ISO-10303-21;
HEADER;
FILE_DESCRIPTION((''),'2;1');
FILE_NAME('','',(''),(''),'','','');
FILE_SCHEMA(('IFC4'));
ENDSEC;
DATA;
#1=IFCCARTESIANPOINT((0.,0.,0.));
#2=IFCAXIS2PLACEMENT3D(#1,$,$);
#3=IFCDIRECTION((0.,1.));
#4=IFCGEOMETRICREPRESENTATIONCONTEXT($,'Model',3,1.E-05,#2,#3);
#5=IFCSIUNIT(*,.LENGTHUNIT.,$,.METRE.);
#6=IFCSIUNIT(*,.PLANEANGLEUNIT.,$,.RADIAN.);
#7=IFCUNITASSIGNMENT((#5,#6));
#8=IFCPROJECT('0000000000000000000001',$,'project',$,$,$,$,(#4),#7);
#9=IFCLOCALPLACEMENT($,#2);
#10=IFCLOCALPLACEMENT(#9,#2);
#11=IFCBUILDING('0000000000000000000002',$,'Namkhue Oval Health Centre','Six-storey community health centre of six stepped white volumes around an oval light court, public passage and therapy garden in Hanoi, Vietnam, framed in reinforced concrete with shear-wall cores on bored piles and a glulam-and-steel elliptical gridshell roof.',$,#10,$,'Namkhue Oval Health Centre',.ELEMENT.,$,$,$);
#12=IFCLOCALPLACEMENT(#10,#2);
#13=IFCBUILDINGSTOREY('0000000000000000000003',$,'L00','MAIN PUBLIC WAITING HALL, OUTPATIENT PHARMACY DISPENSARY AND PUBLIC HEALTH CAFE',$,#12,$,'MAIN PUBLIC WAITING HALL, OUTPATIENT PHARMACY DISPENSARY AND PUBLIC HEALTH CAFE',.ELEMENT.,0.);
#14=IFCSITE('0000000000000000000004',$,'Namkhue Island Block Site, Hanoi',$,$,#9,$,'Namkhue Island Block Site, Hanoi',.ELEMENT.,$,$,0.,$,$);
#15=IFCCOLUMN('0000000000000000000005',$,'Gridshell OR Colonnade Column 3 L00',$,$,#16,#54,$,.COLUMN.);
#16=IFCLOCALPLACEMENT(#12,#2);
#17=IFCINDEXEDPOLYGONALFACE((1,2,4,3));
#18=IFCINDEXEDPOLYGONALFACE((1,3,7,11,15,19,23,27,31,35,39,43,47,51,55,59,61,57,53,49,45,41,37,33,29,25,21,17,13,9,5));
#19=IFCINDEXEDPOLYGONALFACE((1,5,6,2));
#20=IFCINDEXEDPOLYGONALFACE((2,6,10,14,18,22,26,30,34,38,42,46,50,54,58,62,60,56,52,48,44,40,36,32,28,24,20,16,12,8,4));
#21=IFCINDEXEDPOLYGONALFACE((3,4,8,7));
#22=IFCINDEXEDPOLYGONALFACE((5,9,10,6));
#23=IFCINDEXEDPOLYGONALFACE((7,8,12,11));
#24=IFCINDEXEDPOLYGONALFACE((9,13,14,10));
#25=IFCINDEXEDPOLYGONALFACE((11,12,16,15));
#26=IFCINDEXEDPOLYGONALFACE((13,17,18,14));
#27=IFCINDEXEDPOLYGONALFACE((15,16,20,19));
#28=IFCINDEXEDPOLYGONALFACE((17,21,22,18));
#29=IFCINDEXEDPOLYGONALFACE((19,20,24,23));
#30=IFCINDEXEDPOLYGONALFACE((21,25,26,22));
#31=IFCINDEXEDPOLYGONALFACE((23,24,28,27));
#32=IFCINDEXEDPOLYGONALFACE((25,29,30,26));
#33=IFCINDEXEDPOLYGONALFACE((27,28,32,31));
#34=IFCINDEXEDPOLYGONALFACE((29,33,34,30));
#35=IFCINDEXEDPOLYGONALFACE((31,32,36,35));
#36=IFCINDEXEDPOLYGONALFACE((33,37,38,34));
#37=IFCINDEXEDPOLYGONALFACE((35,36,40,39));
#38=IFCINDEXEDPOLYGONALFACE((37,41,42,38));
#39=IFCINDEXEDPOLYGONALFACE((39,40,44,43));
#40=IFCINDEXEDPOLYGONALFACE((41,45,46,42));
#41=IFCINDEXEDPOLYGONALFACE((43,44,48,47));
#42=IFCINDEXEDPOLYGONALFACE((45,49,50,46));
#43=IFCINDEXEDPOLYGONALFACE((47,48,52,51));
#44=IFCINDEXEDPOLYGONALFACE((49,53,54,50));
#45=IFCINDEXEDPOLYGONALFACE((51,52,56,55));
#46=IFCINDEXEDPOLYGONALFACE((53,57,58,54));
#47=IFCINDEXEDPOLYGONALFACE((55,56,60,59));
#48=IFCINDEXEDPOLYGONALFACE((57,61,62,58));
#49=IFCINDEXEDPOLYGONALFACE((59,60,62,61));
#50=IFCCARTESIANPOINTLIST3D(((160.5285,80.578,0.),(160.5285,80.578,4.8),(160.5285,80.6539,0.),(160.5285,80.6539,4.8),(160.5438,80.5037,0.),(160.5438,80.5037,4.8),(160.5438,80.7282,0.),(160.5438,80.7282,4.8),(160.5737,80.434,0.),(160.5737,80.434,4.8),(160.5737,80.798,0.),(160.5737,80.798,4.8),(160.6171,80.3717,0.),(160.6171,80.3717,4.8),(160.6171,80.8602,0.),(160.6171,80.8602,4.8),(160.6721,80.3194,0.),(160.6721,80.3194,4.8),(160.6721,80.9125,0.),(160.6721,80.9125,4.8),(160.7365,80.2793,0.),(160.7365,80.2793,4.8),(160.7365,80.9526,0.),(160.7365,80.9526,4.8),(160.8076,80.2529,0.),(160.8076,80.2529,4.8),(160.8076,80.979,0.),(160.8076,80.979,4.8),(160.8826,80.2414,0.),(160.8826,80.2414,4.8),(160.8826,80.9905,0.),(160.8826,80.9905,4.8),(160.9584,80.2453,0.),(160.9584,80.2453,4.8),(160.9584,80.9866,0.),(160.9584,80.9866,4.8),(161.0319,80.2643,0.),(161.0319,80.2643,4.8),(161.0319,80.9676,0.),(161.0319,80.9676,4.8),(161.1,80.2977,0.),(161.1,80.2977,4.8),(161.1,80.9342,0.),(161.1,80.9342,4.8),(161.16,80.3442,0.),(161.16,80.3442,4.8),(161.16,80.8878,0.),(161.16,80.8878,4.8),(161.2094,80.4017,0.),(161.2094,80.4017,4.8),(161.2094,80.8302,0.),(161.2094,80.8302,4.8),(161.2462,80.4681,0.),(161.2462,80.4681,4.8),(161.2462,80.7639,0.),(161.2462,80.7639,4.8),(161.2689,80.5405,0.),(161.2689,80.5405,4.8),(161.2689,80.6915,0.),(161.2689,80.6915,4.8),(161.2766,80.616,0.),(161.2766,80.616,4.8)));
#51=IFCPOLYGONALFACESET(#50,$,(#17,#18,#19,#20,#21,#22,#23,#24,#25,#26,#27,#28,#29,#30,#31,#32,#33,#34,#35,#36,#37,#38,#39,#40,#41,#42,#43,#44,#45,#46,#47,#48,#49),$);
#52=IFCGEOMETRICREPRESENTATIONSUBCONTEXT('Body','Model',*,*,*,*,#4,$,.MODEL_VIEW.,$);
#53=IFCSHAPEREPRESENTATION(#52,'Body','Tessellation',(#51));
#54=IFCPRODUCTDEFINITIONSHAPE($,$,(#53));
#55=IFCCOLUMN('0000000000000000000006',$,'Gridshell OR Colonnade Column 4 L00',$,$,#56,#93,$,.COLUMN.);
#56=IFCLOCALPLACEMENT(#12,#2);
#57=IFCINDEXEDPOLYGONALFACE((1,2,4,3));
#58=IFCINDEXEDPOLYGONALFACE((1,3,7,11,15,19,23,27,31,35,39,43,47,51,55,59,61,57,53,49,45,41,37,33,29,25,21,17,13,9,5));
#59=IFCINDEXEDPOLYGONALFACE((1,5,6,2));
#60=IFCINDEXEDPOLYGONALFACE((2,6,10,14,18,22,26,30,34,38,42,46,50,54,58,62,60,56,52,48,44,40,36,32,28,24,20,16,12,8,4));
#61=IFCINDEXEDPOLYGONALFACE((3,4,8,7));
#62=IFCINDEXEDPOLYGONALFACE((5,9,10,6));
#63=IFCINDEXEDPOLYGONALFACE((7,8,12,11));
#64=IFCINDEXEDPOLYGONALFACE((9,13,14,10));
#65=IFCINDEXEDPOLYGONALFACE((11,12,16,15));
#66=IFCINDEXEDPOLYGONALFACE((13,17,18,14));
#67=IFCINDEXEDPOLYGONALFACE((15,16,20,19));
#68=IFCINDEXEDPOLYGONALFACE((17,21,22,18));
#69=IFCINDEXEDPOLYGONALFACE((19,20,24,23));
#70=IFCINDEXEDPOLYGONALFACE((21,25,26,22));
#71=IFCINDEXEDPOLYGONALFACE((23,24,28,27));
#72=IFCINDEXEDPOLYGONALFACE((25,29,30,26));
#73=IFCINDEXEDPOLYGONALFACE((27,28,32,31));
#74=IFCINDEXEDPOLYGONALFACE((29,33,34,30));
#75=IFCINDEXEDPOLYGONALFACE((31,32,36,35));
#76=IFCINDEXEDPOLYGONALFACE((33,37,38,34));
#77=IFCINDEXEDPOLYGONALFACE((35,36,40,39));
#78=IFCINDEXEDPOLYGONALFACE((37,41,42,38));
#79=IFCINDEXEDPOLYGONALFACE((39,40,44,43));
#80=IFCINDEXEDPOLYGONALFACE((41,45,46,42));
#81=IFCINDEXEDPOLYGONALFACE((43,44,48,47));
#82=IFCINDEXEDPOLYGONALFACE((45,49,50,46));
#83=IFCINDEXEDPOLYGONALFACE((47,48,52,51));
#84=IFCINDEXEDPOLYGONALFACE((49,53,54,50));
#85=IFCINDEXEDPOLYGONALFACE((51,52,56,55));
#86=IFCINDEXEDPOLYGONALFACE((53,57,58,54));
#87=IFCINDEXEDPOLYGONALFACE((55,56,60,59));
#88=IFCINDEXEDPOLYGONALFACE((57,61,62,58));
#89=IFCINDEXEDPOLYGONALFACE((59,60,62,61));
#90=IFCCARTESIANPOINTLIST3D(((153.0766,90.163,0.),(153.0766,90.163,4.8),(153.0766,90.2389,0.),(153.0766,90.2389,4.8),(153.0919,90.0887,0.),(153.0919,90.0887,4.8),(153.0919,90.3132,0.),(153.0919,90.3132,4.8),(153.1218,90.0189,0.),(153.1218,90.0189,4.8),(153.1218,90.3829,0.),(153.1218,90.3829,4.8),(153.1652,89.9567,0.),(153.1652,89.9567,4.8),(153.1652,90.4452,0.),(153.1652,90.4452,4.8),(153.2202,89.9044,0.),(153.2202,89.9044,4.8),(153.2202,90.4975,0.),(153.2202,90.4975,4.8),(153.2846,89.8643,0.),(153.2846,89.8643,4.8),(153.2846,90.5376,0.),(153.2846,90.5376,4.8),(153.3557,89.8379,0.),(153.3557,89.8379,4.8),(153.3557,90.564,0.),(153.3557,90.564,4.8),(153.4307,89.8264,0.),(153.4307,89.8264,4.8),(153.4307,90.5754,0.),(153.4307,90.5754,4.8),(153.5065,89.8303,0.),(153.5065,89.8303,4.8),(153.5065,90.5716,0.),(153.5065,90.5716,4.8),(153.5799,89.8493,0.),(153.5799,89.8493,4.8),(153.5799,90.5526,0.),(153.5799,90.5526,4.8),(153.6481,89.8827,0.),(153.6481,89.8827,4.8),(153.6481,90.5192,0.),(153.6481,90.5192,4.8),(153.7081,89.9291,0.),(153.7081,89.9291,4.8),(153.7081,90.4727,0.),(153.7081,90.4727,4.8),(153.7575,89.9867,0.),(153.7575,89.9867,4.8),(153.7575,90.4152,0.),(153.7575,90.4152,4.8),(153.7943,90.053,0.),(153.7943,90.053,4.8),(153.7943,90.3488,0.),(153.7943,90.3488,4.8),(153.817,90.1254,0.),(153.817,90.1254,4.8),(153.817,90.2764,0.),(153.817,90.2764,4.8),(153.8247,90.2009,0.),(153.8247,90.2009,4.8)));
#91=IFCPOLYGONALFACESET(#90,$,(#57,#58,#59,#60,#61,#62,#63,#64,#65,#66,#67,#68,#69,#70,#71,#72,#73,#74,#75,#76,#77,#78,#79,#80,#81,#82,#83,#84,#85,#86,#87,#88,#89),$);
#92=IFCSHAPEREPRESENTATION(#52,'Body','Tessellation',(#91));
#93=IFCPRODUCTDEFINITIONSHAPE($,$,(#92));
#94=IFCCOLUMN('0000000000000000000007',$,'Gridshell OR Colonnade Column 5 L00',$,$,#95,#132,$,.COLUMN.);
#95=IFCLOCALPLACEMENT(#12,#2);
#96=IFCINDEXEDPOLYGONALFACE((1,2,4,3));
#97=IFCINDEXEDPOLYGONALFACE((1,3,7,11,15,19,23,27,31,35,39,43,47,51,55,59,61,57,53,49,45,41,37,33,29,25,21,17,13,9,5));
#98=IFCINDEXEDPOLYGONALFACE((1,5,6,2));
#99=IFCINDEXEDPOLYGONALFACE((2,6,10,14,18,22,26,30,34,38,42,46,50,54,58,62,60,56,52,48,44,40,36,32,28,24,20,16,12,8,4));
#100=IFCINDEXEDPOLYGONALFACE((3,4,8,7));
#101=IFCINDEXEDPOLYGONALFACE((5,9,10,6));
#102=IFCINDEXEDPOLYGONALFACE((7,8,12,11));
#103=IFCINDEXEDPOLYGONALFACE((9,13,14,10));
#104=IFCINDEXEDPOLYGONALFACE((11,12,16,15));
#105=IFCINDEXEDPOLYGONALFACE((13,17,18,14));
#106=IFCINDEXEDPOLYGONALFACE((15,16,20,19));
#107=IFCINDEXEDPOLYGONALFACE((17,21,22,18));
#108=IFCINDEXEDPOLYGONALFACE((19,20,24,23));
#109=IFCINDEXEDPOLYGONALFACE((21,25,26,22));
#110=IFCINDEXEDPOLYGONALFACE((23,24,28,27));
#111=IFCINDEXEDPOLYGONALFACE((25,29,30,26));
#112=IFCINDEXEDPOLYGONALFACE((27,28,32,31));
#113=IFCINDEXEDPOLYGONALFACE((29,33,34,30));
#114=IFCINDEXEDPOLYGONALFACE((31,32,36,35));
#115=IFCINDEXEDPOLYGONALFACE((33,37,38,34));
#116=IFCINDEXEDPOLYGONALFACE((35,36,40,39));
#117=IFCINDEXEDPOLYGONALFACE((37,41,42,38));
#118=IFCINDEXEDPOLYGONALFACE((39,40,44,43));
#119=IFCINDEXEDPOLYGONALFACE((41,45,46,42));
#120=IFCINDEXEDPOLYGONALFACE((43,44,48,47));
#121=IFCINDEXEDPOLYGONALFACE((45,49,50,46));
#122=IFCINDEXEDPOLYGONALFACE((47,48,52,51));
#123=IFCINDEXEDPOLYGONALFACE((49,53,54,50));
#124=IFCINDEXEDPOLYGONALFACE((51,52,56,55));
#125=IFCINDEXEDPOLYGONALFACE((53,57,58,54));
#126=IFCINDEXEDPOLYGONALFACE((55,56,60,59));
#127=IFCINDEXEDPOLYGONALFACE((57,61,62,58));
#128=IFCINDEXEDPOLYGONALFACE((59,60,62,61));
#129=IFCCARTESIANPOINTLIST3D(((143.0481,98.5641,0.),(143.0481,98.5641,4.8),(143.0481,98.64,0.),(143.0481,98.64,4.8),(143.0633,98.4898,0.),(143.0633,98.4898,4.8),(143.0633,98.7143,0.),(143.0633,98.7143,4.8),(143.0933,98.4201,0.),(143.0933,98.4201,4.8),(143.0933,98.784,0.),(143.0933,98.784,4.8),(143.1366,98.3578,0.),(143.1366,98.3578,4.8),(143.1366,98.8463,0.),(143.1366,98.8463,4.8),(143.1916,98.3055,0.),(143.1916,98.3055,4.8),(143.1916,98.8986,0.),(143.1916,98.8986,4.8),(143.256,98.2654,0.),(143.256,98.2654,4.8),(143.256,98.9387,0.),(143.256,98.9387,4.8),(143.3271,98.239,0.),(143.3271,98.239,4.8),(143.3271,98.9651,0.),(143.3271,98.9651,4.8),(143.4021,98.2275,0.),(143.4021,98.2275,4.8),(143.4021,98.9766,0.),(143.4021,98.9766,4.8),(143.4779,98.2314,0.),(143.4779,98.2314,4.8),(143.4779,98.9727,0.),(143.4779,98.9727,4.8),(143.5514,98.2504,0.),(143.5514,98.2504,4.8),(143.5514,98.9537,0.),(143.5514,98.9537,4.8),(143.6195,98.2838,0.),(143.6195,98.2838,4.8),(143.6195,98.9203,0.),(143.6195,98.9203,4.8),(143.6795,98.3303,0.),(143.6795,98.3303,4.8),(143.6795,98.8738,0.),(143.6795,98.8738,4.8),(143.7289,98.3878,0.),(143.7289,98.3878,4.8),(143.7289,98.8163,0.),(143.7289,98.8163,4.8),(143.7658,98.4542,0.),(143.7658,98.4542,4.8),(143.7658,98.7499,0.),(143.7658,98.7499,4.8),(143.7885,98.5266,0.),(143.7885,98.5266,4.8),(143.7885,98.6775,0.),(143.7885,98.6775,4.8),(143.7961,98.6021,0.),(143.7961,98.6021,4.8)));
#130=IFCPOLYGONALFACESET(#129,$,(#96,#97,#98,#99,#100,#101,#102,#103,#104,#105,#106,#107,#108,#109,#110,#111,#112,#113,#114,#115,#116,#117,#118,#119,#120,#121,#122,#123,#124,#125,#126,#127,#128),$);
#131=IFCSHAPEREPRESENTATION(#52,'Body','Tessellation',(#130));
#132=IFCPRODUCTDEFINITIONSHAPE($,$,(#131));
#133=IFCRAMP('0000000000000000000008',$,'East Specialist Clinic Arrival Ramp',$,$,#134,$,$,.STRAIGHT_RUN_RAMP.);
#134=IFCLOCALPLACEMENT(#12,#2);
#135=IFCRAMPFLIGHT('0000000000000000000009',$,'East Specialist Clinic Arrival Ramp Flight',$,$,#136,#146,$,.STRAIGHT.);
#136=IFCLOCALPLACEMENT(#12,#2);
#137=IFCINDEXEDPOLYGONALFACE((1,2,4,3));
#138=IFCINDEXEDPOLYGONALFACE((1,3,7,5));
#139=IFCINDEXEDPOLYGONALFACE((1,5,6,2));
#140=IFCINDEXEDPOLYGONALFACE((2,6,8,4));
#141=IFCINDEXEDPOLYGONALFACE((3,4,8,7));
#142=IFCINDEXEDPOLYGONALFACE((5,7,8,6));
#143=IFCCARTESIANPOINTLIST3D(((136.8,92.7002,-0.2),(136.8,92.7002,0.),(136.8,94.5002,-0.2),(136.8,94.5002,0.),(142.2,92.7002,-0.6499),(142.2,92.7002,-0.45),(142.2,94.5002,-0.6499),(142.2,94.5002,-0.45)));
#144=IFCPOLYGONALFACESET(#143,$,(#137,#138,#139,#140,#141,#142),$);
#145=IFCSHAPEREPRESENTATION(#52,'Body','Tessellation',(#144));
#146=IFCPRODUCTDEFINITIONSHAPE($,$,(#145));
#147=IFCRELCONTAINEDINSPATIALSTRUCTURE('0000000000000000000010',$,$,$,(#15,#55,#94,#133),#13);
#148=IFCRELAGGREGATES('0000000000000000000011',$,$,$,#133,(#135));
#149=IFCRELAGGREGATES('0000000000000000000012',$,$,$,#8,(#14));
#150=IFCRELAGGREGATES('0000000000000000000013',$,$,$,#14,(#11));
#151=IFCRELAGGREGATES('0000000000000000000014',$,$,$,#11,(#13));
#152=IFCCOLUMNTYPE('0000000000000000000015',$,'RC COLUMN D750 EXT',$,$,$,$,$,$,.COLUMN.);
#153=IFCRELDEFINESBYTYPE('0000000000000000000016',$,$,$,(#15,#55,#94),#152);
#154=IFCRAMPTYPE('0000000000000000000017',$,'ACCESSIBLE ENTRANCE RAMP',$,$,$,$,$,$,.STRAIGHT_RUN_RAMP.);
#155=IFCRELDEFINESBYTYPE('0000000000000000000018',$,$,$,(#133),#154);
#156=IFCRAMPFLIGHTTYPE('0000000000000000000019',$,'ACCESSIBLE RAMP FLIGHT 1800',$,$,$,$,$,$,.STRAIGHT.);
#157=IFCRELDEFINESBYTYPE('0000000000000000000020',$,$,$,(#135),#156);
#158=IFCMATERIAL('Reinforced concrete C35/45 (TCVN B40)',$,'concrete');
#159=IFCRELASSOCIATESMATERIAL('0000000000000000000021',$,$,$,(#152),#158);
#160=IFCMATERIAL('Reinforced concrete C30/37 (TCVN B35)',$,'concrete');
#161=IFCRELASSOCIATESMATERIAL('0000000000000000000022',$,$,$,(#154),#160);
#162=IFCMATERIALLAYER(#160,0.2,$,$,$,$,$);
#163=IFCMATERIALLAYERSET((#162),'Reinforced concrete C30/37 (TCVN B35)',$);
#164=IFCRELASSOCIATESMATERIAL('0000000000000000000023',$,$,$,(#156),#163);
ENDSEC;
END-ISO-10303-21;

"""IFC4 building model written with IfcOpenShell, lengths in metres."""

from ifc_helpers import new_model, si_unit, direction, frame, origin, origin_2d, place, context, subcontext, project, spatial, polyline, circle, outline, extrude, material, layer, layer_set, material_profile, profile_set, type_object, element, aggregate, save


model = new_model("IFC4")

# Units and contexts
model_context = context("Model", 3, precision=1e-05, world=origin(), true_north=direction((0.0, 1.0)))
body_context = subcontext(model_context, "Body", "Model", "MODEL_VIEW")
ifc_project = project(units=[si_unit("LENGTHUNIT", "METRE"), si_unit("PLANEANGLEUNIT", "RADIAN")], contexts=[model_context])

# Site, building, storey
site_placement = place(None, origin())
site = spatial("IfcSite", under=ifc_project, at=site_placement, Name="Namkhue Island Block Site, Hanoi", LongName="Namkhue Island Block Site, Hanoi", CompositionType="ELEMENT", RefElevation=0.0)
building_placement = place(site_placement, origin())
building = spatial("IfcBuilding", under=site, at=building_placement, Name="Namkhue Oval Health Centre", Description="Six-storey community health centre of six stepped white volumes around an oval light court, public passage and therapy garden in Hanoi, Vietnam, framed in reinforced concrete with shear-wall cores on bored piles and a glulam-and-steel elliptical gridshell roof.", LongName="Namkhue Oval Health Centre", CompositionType="ELEMENT")
storey_placement = place(building_placement, origin())
storey = spatial("IfcBuildingStorey", under=building, at=storey_placement, Name="L00", Description="MAIN PUBLIC WAITING HALL, OUTPATIENT PHARMACY DISPENSARY AND PUBLIC HEALTH CAFE", LongName="MAIN PUBLIC WAITING HALL, OUTPATIENT PHARMACY DISPENSARY AND PUBLIC HEALTH CAFE", CompositionType="ELEMENT", Elevation=0.0)

# Shared definitions
ifc_material_1 = material(Name="Reinforced concrete C30/37 (TCVN B35)", Category="concrete")

# Columns
ifc_material_2 = material(Name="Reinforced concrete C35/45 (TCVN B40)", Category="concrete")
ifc_material_profile_1 = material_profile(ifc_material_2, circle(Radius=0.375, at=origin_2d()), Name="RC D750")
ifc_profile_set_1 = profile_set([ifc_material_profile_1], Name="Reinforced concrete C35/45 (TCVN B40)")
column_type = type_object("IfcColumnType", Name="RC COLUMN D750 EXT", PredefinedType="COLUMN", material=ifc_profile_set_1)
for number, where, z_axis, x_axis, name in (
    (1, (160.9016, 80.616, 0.0), (0.0, 0.0, 1.0), (1.0, 0.0, 0.0), "Gridshell OR Colonnade Column 3 L00"),
    (2, (153.4497, 90.2009, 0.0), (0.0, 0.0, 1.0), (1.0, 0.0, 0.0), "Gridshell OR Colonnade Column 4 L00"),
    (3, (143.4211, 98.6021, 0.0), (0.0, 0.0, 1.0), (1.0, 0.0, 0.0), "Gridshell OR Colonnade Column 5 L00"),
):
    element("IfcColumn", number, at=place(storey_placement, frame(where, z_axis=z_axis, x_axis=x_axis)), inside=storey, type_object=column_type, Name=name, PredefinedType="COLUMN", context=body_context, shape_type="SweptSolid", body=[
        extrude(circle(Radius=0.375, at=origin_2d()), origin(), (0.0, 0.0, 1.0), 4.8),
    ])

# Ramp, ramp flight
ramp_type = type_object("IfcRampType", Name="ACCESSIBLE ENTRANCE RAMP", PredefinedType="STRAIGHT_RUN_RAMP", material=ifc_material_1)
ramp_placement = place(storey_placement, origin())
ramp = element("IfcRamp", 4, at=ramp_placement, inside=storey, type_object=ramp_type, Name="East Specialist Clinic Arrival Ramp", PredefinedType="STRAIGHT_RUN_RAMP")
ifc_layer_1 = layer(ifc_material_1, 0.2)
ifc_layer_set_1 = layer_set([ifc_layer_1], Name="Reinforced concrete C30/37 (TCVN B35)")
ramp_flight_type = type_object("IfcRampFlightType", Name="ACCESSIBLE RAMP FLIGHT 1800", PredefinedType="STRAIGHT", material=ifc_layer_set_1)
ramp_flight_placement = place(storey_placement, frame((142.2, 93.6001, -0.45), z_axis=(0.0, 0.0, 1.0), x_axis=(-1.0, 0.0, 0.0)))
ramp_flight = element("IfcRampFlight", 5, at=ramp_flight_placement, type_object=ramp_flight_type, Name="East Specialist Clinic Arrival Ramp Flight", PredefinedType="STRAIGHT", context=body_context, shape_type="SweptSolid", body=[
    extrude(outline(polyline([(0.0, 0.0), (5.3999, 0.45), (5.3999, 0.25), (0.0, -0.2), (0.0, 0.0)])), frame((0.0, 0.8999, 0.0), z_axis=(0.0, -1.0, 0.0), x_axis=(1.0, 0.0, 0.0)), (0.0, 0.0, 1.0), 1.8),
])
aggregate(ramp, [ramp_flight])

save(model, "model.ifc")
